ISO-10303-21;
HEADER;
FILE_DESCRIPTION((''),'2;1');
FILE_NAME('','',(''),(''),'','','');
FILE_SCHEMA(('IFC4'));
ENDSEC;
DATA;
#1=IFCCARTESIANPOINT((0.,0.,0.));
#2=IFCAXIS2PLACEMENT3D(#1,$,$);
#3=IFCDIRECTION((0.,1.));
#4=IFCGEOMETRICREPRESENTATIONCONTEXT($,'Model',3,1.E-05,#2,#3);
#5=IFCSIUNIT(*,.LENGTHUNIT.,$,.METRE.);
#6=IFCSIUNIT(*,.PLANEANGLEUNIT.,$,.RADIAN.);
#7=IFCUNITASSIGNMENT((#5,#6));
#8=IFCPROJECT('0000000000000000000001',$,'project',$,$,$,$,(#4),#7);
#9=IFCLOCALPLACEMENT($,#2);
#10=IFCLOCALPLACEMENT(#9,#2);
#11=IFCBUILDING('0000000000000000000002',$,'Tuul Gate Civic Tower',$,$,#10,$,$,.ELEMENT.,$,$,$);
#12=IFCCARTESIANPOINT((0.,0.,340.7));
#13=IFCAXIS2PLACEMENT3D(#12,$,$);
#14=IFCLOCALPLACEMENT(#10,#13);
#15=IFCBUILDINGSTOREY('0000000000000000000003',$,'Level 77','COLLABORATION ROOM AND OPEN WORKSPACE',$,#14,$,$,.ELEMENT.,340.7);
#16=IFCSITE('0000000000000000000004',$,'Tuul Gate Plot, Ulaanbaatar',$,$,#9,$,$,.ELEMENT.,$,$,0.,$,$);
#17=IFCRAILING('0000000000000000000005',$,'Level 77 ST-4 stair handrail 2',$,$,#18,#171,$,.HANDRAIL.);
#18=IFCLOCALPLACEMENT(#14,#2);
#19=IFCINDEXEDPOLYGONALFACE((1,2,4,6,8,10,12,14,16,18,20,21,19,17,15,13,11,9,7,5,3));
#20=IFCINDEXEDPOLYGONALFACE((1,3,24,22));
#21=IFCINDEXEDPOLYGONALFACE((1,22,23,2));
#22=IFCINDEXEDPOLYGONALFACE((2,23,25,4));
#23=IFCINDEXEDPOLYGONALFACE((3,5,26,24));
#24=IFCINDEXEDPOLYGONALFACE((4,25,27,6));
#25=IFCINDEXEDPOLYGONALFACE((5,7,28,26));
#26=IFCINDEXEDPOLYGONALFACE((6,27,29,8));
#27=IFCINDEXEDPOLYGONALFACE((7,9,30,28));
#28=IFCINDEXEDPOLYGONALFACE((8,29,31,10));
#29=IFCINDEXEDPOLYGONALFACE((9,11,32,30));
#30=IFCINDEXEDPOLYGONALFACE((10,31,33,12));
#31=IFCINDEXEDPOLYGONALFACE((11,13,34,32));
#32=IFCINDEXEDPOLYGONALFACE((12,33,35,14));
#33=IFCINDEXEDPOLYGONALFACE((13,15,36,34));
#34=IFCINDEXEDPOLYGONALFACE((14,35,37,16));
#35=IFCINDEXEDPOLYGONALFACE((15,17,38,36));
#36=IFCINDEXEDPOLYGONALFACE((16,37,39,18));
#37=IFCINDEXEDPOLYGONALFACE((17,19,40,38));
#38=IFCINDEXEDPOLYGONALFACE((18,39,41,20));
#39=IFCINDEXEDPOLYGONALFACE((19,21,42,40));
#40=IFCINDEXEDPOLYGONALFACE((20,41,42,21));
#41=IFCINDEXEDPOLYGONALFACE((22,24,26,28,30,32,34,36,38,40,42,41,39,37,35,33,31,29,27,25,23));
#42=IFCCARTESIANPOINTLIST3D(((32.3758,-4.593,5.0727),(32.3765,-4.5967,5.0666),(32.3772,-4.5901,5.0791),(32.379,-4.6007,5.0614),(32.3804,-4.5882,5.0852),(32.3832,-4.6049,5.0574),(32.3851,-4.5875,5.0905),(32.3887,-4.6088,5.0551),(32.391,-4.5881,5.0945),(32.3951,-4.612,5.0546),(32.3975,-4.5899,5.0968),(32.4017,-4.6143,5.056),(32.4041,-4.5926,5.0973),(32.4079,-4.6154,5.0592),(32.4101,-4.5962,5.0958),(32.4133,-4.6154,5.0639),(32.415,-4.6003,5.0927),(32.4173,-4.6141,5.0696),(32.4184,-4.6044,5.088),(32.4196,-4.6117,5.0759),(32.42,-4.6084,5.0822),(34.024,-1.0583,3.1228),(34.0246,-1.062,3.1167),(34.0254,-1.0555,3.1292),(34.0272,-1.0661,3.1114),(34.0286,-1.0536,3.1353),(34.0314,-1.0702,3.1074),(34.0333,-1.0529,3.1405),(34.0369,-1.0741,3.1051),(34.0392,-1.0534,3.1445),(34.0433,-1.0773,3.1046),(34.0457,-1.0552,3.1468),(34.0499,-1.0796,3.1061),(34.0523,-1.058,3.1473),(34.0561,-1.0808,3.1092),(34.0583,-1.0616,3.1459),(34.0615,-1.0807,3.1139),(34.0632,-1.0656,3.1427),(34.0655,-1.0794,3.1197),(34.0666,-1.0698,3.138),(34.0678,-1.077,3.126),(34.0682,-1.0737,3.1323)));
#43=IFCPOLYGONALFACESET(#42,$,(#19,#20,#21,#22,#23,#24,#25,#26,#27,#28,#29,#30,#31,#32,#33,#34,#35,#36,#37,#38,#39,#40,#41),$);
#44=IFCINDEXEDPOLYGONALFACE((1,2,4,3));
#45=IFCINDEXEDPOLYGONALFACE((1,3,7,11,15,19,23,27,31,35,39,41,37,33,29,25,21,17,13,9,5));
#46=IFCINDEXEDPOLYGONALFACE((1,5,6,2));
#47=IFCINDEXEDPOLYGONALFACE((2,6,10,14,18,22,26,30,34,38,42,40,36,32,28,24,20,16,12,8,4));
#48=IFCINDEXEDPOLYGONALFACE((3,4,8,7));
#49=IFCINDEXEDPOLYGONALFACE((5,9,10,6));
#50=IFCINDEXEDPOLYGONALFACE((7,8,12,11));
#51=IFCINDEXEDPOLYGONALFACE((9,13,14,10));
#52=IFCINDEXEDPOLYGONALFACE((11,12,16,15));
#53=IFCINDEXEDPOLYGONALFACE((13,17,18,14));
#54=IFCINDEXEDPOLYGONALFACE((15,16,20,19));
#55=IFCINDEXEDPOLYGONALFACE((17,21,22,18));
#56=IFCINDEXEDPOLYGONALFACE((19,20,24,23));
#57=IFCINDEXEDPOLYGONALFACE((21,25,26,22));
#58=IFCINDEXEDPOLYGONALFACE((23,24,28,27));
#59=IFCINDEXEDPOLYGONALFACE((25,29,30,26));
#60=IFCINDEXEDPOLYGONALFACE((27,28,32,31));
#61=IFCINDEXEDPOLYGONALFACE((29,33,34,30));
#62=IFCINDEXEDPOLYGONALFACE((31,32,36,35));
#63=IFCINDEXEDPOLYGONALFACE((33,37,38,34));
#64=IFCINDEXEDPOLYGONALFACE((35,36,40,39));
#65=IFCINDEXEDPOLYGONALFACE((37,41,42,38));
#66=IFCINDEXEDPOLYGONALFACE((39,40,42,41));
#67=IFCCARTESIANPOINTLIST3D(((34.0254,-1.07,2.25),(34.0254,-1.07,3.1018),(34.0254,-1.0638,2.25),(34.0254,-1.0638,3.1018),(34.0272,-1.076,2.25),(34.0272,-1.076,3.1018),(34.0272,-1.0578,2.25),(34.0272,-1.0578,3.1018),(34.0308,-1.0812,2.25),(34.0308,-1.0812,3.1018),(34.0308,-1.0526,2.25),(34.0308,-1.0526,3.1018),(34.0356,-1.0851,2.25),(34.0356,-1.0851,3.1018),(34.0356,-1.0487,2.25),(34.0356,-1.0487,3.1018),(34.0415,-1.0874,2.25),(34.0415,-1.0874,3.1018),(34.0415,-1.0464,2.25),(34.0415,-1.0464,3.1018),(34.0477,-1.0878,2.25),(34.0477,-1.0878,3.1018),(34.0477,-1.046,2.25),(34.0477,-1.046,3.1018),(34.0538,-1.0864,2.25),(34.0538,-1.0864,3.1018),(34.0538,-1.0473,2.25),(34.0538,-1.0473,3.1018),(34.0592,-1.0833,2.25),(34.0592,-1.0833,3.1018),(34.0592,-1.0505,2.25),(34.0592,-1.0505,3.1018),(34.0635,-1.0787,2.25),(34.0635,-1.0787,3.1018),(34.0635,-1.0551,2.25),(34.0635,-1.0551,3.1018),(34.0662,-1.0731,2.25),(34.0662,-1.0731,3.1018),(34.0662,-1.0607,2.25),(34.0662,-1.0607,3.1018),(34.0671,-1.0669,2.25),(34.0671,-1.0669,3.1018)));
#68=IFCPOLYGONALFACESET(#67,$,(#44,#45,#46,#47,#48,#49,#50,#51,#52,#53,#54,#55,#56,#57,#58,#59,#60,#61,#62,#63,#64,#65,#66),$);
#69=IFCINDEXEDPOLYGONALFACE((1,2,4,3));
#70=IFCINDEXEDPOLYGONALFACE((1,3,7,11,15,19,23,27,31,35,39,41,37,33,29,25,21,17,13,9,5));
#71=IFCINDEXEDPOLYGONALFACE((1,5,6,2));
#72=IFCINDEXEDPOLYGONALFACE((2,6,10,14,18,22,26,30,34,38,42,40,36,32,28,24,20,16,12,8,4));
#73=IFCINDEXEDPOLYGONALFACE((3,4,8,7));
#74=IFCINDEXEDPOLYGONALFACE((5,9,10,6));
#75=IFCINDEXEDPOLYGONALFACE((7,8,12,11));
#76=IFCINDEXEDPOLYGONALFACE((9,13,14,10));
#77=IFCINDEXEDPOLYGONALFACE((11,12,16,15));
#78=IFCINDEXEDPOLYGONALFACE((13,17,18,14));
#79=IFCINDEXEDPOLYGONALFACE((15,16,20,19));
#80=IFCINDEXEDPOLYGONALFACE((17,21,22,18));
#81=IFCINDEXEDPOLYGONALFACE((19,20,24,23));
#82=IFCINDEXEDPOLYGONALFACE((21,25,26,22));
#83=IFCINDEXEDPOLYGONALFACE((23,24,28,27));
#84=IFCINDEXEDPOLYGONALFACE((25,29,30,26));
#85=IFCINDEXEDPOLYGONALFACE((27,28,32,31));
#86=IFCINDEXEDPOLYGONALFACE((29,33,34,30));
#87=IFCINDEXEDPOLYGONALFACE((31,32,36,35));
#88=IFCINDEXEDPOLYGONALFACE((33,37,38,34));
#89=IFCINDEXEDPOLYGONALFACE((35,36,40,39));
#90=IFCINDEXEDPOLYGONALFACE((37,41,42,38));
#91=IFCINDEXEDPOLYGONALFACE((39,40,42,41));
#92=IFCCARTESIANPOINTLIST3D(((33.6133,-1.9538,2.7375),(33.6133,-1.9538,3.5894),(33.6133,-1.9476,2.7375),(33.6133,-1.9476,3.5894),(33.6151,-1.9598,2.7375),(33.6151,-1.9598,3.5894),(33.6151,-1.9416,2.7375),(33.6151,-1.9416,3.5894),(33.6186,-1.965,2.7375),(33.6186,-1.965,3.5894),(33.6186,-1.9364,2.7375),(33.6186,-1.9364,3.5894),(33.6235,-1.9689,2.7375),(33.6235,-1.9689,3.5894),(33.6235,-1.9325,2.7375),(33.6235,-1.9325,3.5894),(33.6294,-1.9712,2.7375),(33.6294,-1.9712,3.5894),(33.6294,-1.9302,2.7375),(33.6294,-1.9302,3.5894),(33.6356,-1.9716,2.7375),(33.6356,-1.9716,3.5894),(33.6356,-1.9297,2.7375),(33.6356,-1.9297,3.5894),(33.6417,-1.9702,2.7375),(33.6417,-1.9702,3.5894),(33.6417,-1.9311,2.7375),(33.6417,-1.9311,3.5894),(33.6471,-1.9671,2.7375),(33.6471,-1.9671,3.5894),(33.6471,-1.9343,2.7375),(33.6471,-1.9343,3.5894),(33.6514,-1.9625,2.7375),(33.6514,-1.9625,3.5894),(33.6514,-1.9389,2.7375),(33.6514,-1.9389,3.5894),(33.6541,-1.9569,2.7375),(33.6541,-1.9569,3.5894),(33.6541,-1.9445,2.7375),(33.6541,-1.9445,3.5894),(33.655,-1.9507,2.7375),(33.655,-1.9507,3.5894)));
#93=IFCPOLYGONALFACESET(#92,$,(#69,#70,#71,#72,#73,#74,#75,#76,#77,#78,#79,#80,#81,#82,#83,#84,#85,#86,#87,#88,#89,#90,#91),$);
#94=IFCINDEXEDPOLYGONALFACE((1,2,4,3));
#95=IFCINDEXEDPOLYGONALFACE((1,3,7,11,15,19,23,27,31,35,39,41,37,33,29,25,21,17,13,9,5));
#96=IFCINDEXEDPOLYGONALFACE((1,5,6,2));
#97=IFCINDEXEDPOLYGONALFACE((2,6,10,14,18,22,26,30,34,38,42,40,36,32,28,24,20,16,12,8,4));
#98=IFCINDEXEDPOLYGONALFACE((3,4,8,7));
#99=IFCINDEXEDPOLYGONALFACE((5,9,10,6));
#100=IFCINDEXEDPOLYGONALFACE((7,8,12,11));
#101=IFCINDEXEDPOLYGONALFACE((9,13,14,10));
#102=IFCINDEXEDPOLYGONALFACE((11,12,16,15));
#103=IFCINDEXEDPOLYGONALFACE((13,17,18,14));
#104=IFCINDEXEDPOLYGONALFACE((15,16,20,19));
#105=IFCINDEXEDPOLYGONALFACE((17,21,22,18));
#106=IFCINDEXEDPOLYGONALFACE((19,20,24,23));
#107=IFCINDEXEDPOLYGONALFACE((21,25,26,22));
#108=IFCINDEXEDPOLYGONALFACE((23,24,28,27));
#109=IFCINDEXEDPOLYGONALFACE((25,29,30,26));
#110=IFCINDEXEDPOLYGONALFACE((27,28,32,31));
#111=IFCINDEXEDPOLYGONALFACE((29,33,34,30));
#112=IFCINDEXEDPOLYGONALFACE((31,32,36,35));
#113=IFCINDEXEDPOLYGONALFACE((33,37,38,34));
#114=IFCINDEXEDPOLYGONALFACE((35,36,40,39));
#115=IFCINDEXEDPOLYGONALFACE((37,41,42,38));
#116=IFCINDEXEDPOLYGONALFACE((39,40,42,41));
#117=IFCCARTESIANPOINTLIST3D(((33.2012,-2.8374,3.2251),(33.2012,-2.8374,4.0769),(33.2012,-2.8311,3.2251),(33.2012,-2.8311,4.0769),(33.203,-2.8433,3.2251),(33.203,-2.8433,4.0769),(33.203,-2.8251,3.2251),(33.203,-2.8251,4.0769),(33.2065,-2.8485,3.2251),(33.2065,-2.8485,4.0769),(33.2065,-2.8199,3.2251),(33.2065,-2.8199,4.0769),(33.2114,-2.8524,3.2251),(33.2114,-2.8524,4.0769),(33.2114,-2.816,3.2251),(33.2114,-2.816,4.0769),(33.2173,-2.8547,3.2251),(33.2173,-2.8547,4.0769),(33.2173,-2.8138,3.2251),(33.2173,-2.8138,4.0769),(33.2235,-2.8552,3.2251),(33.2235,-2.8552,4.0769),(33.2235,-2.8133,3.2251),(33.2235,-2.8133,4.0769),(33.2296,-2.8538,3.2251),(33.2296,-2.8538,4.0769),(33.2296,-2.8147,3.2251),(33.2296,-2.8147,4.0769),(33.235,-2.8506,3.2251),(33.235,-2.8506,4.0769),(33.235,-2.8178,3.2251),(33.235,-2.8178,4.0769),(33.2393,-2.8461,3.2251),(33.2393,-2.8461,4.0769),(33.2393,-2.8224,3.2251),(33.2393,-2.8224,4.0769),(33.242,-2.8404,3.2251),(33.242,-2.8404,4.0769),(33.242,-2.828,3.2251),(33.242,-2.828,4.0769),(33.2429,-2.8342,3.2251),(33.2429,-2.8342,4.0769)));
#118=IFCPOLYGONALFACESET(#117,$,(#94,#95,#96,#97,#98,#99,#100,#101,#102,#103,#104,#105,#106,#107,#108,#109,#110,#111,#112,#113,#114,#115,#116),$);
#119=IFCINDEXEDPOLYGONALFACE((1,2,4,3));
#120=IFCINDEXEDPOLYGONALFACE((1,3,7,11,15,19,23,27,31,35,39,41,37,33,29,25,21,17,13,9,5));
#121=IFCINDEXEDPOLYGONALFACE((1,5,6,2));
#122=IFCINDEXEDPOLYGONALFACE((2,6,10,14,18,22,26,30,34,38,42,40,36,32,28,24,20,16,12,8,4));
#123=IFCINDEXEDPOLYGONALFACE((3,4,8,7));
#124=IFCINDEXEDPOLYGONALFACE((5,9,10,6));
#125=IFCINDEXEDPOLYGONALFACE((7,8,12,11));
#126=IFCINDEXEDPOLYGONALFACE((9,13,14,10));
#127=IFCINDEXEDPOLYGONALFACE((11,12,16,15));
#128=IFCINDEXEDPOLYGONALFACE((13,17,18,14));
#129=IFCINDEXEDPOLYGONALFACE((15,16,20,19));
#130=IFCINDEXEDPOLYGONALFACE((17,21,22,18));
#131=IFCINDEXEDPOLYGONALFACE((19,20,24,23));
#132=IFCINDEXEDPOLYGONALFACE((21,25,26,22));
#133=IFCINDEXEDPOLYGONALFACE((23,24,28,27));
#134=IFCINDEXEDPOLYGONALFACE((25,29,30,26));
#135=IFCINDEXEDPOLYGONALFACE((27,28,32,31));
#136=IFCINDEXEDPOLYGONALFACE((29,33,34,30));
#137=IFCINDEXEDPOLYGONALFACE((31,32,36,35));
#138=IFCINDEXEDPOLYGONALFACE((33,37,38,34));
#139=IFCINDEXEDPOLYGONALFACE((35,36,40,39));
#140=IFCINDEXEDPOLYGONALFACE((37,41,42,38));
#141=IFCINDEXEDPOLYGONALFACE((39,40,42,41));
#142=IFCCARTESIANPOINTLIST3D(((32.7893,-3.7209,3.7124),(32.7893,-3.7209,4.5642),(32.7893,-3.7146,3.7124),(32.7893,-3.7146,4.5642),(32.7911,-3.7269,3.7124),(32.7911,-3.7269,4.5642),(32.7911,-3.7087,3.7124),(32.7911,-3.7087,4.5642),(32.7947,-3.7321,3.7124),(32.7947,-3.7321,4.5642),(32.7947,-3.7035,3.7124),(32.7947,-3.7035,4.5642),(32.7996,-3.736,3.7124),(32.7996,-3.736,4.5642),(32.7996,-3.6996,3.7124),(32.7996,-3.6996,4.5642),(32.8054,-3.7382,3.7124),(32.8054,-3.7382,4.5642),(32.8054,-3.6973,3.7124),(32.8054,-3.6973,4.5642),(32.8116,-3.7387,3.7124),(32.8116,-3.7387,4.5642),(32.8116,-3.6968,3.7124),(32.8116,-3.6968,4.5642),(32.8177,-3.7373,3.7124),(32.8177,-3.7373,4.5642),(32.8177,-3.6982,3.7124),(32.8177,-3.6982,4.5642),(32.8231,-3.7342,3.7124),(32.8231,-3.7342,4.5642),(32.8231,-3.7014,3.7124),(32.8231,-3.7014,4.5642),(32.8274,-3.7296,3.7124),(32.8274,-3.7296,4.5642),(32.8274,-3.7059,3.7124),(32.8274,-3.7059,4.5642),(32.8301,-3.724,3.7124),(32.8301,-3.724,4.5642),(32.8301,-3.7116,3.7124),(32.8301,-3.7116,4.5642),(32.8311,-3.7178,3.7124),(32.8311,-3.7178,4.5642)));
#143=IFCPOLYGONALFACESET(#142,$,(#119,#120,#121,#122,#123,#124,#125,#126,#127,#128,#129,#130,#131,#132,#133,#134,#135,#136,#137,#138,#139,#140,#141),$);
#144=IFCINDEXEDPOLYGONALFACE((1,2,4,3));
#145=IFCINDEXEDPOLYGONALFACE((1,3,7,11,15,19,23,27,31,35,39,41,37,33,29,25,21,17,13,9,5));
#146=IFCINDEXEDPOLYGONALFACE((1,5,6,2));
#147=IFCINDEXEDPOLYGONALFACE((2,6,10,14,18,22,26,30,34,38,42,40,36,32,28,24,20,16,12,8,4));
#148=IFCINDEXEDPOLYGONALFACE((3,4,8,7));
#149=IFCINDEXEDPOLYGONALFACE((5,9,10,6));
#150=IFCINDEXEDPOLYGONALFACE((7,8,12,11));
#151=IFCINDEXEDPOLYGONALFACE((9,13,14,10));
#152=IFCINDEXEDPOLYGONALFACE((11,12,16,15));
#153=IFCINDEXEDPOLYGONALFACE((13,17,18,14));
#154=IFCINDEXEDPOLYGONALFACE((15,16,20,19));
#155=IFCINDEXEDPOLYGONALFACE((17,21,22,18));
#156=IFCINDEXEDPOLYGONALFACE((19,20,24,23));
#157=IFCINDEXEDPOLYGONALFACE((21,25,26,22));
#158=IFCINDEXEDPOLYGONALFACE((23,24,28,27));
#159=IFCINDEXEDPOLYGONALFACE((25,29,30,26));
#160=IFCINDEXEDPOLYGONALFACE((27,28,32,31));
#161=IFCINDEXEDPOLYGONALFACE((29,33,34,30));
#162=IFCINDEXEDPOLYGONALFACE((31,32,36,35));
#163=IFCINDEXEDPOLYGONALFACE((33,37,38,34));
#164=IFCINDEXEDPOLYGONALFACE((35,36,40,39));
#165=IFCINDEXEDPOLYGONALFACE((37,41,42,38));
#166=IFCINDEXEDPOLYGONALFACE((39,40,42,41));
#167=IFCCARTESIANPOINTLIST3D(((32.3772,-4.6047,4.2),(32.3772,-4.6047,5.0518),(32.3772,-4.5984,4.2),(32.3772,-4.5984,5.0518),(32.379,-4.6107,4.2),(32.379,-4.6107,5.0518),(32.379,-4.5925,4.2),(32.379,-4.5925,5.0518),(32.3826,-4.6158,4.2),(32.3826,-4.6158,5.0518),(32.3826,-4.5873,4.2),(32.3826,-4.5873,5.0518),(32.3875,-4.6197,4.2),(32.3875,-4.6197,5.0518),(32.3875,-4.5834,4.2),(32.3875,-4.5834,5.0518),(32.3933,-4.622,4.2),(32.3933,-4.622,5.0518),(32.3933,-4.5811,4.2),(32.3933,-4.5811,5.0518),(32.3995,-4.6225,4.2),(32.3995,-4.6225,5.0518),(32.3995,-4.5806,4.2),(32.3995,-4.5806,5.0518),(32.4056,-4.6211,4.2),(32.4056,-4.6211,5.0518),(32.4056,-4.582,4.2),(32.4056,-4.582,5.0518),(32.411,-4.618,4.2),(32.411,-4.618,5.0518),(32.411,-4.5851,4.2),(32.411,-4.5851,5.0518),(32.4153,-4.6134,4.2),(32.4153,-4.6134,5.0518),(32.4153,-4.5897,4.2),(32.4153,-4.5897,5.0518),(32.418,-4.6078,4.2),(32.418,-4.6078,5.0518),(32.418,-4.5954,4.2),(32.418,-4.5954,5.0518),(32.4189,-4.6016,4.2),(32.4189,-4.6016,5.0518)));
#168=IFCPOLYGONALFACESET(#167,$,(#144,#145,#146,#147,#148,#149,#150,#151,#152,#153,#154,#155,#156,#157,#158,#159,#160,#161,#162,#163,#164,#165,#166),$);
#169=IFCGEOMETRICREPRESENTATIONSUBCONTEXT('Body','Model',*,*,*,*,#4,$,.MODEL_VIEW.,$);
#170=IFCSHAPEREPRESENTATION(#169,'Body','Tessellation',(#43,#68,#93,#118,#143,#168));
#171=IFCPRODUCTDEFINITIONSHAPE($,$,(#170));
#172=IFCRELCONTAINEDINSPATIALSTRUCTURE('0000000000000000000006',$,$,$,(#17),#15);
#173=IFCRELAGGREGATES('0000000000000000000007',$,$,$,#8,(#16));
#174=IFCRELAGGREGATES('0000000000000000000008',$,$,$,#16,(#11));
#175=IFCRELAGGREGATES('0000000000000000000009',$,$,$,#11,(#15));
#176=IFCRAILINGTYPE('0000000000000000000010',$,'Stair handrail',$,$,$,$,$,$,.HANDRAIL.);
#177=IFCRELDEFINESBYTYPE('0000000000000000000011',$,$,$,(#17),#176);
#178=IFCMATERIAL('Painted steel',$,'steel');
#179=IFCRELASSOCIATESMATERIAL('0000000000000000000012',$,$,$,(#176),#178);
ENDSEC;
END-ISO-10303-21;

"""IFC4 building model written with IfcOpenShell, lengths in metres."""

from ifc_helpers import new_model, si_unit, direction, frame, origin, origin_2d, place, context, subcontext, project, spatial, circle, extrude, material, type_object, element, save


model = new_model("IFC4")

# Units and contexts
model_context = context("Model", 3, precision=1e-05, world=origin(), true_north=direction((0.0, 1.0)))
body_context = subcontext(model_context, "Body", "Model", "MODEL_VIEW")
ifc_project = project(units=[si_unit("LENGTHUNIT", "METRE"), si_unit("PLANEANGLEUNIT", "RADIAN")], contexts=[model_context])

# Site, building, storey
site_placement = place(None, origin())
site = spatial("IfcSite", under=ifc_project, at=site_placement, Name="Tuul Gate Plot, Ulaanbaatar", CompositionType="ELEMENT", RefElevation=0.0)
building_placement = place(site_placement, origin())
building = spatial("IfcBuilding", under=site, at=building_placement, Name="Tuul Gate Civic Tower", CompositionType="ELEMENT")
storey_placement = place(building_placement, frame((0.0, 0.0, 340.7)))
storey = spatial("IfcBuildingStorey", under=building, at=storey_placement, Name="Level 77", Description="COLLABORATION ROOM AND OPEN WORKSPACE", CompositionType="ELEMENT", Elevation=340.7)

# Railing
ifc_material_1 = material(Name="Painted steel", Category="steel")
railing_type = type_object("IfcRailingType", Name="Stair handrail", PredefinedType="HANDRAIL", material=ifc_material_1)
railing_placement = place(storey_placement, frame((34.0461, -1.0669, 2.25)))
element("IfcRailing", 1, at=railing_placement, inside=storey, type_object=railing_type, Name="Level 77 ST-4 stair handrail 2", PredefinedType="HANDRAIL", context=body_context, shape_type="SweptSolid", body=[
    extrude(circle(Radius=0.0239, at=origin_2d()), frame((0.0, 0.0, 0.876), z_axis=(-0.377995, -0.810637, 0.4472), x_axis=(0.906313, -0.422608, 0.0)), (0.0, 0.0, 1.0), 4.3604),
    extrude(circle(Radius=0.021, at=origin_2d()), origin(), (0.0, 0.0, 1.0), 0.8518),
    extrude(circle(Radius=0.021, at=origin_2d()), frame((-0.4121, -0.8838, 0.4875)), (0.0, 0.0, 1.0), 0.8518),
    extrude(circle(Radius=0.021, at=origin_2d()), frame((-0.8242, -1.7673, 0.9751)), (0.0, 0.0, 1.0), 0.8518),
    extrude(circle(Radius=0.021, at=origin_2d()), frame((-1.2361, -2.6509, 1.4624)), (0.0, 0.0, 1.0), 0.8518),
    extrude(circle(Radius=0.021, at=origin_2d()), frame((-1.6482, -3.5347, 1.95)), (0.0, 0.0, 1.0), 0.8518),
])

save(model, "model.ifc")
